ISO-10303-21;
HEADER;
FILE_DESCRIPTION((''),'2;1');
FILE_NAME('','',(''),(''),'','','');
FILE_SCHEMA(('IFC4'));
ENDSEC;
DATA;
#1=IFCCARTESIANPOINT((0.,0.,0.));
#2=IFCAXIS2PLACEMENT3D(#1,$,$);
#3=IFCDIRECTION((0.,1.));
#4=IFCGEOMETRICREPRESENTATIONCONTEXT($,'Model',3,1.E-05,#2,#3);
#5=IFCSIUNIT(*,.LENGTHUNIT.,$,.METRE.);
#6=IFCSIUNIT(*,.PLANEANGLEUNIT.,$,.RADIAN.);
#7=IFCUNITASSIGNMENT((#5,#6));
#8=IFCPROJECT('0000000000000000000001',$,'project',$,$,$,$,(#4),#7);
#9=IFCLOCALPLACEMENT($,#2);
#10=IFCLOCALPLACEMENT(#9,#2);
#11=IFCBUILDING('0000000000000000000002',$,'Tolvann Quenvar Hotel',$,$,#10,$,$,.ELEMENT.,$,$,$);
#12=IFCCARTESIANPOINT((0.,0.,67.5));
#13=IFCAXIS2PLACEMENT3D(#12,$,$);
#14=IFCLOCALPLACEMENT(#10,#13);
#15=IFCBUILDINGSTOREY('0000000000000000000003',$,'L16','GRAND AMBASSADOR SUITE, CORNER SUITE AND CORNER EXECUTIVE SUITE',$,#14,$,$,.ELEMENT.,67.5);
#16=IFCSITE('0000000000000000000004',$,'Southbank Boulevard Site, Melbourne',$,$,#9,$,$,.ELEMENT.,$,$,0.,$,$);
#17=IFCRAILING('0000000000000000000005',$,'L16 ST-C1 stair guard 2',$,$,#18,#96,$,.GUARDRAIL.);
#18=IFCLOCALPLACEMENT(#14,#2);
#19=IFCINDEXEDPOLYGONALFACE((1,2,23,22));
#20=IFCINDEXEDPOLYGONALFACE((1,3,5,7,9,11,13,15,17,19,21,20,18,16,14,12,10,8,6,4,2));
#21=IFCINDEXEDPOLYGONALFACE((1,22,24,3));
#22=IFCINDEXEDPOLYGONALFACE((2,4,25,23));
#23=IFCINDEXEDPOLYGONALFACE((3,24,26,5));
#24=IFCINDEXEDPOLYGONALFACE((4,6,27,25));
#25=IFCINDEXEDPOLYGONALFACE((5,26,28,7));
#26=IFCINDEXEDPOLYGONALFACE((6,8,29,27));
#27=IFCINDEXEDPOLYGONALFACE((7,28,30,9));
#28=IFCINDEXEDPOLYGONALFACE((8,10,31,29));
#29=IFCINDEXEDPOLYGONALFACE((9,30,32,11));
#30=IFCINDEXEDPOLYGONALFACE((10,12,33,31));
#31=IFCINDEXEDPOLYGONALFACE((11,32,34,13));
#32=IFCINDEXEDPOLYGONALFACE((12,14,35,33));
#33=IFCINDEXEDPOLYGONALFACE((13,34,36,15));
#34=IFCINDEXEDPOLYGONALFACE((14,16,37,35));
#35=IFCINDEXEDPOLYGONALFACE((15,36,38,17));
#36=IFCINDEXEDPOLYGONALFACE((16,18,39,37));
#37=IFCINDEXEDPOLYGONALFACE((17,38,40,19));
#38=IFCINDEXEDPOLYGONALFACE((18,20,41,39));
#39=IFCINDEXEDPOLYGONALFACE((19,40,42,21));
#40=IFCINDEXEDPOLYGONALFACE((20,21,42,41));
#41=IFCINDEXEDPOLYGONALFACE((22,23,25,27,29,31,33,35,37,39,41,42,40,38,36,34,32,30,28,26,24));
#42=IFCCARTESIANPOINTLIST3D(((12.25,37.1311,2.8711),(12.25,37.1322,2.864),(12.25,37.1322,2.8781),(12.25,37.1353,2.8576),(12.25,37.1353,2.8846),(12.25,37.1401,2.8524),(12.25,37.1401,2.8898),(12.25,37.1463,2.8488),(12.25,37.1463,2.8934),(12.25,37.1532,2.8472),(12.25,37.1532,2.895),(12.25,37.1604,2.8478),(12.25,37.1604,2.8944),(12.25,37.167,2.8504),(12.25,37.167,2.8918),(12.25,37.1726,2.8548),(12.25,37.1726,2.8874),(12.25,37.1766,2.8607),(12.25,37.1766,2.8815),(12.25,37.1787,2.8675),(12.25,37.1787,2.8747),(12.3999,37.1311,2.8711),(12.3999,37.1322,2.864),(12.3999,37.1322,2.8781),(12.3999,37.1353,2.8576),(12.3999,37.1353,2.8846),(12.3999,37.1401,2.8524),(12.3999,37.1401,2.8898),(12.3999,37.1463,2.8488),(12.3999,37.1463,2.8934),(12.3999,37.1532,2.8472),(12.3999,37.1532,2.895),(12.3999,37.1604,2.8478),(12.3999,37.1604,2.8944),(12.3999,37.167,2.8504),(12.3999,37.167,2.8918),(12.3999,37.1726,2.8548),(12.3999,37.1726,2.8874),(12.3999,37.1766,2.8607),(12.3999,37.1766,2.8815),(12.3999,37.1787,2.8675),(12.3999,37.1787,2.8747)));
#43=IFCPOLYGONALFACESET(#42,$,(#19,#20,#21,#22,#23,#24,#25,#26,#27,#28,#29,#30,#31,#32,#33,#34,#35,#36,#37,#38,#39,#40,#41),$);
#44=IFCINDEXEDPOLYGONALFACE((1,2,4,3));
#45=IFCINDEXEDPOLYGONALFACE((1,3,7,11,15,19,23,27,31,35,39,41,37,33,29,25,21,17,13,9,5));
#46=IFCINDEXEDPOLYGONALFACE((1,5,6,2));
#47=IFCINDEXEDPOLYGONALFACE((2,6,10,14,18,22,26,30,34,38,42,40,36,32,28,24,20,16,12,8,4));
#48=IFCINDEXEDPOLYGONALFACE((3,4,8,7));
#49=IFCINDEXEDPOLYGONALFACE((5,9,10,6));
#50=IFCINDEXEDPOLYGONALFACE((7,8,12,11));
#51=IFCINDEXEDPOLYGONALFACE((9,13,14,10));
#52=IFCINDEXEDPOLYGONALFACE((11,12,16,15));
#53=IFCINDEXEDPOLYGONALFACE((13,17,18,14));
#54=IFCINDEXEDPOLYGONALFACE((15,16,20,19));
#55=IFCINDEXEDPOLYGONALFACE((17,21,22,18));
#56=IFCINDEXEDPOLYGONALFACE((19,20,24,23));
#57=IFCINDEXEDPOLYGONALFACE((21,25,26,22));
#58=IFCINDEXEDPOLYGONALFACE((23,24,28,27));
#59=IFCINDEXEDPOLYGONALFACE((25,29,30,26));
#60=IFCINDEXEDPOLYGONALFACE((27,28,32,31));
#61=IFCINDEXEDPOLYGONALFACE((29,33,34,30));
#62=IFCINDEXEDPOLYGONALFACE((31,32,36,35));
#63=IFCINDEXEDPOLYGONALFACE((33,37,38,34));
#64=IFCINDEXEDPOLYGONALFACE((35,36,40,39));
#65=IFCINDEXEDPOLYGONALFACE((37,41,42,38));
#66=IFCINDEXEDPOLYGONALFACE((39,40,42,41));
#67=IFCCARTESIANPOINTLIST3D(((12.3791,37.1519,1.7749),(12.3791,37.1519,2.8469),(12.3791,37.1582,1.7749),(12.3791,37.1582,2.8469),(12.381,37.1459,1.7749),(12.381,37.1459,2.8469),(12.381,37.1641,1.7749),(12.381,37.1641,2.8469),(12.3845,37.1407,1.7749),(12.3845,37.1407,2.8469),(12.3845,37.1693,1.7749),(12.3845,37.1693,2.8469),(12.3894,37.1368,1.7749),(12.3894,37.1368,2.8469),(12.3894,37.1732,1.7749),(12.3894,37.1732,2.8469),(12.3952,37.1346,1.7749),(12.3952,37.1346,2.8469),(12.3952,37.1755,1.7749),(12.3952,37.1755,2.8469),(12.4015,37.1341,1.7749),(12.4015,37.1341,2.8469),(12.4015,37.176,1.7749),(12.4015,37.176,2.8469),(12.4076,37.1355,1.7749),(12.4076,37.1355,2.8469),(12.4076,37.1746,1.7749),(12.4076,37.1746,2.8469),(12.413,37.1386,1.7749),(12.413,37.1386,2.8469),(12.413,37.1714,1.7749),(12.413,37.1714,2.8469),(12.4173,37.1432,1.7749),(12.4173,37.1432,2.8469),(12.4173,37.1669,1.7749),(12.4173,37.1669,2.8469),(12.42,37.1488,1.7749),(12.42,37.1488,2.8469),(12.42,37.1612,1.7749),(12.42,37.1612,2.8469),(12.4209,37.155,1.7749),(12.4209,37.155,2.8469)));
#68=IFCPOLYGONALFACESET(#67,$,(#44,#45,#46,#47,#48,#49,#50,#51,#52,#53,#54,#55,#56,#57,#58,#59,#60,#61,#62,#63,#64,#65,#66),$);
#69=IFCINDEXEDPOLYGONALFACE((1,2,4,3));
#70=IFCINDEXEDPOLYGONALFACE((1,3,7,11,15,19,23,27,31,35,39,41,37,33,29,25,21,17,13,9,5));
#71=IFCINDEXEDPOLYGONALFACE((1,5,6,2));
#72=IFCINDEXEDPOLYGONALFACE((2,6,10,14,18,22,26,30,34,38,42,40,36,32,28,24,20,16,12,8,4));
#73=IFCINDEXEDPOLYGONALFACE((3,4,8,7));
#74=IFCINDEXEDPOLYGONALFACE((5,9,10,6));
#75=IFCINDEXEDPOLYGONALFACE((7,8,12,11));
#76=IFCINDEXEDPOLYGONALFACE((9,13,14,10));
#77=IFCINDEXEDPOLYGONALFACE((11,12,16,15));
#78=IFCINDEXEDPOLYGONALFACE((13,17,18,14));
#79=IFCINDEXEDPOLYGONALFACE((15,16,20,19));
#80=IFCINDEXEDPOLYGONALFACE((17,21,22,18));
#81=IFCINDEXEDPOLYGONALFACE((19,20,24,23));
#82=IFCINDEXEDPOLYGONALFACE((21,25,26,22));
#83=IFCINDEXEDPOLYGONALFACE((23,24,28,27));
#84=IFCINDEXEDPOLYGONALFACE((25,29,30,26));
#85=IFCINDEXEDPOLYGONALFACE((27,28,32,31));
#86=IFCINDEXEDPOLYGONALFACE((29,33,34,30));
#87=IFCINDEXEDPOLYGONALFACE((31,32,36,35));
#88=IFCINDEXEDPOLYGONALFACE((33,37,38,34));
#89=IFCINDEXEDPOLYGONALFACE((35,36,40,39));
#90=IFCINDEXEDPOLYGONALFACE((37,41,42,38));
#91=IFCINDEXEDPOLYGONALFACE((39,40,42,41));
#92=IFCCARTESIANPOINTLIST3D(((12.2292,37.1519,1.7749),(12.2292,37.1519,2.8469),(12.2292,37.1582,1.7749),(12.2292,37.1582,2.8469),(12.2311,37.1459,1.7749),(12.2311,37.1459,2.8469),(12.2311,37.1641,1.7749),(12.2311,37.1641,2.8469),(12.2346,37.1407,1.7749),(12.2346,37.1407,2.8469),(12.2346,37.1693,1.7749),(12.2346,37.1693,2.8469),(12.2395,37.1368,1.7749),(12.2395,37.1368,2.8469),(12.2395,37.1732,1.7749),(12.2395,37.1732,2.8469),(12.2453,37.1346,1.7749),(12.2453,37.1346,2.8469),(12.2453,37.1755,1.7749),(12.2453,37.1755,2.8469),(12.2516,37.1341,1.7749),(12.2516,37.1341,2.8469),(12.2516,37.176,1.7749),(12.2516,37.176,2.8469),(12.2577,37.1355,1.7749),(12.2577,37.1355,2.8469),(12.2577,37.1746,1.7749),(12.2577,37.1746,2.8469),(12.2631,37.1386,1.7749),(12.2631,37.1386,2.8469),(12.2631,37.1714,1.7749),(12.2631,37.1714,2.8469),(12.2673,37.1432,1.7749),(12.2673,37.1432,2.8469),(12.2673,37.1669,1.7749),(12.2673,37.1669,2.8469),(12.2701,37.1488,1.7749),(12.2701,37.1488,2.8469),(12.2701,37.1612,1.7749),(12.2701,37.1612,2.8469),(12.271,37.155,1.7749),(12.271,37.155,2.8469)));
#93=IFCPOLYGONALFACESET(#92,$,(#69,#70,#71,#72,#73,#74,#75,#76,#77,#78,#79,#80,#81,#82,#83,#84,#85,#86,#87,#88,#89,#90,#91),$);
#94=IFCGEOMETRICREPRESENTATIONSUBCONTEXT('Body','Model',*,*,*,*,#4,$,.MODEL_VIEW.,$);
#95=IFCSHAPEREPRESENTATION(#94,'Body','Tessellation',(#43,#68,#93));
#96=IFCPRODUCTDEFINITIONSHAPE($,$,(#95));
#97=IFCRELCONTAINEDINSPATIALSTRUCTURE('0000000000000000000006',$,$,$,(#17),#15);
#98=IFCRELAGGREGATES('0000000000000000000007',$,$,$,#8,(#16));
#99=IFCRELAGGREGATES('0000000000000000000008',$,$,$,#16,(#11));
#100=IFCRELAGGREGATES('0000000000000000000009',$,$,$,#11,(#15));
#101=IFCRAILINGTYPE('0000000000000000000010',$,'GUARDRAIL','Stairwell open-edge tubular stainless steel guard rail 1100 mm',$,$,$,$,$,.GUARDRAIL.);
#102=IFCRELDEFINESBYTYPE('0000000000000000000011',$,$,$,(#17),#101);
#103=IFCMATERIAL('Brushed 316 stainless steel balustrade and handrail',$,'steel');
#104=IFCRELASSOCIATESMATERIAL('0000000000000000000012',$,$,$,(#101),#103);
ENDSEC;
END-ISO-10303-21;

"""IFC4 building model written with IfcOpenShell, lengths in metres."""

from ifc_helpers import new_model, si_unit, direction, frame, origin, origin_2d, place, context, subcontext, project, spatial, circle, extrude, material, type_object, element, save


model = new_model("IFC4")

# Units and contexts
model_context = context("Model", 3, precision=1e-05, world=origin(), true_north=direction((0.0, 1.0)))
body_context = subcontext(model_context, "Body", "Model", "MODEL_VIEW")
ifc_project = project(units=[si_unit("LENGTHUNIT", "METRE"), si_unit("PLANEANGLEUNIT", "RADIAN")], contexts=[model_context])

# Site, building, storey
site_placement = place(None, origin())
site = spatial("IfcSite", under=ifc_project, at=site_placement, Name="Southbank Boulevard Site, Melbourne", CompositionType="ELEMENT", RefElevation=0.0)
building_placement = place(site_placement, origin())
building = spatial("IfcBuilding", under=site, at=building_placement, Name="Tolvann Quenvar Hotel", CompositionType="ELEMENT")
storey_placement = place(building_placement, frame((0.0, 0.0, 67.5)))
storey = spatial("IfcBuildingStorey", under=building, at=storey_placement, Name="L16", Description="GRAND AMBASSADOR SUITE, CORNER SUITE AND CORNER EXECUTIVE SUITE", CompositionType="ELEMENT", Elevation=67.5)

# Railing
ifc_material_1 = material(Name="Brushed 316 stainless steel balustrade and handrail", Category="steel")
railing_type_1 = type_object("IfcRailingType", Name="GUARDRAIL", Description="Stairwell open-edge tubular stainless steel guard rail 1100 mm", PredefinedType="GUARDRAIL", material=ifc_material_1)
railing_1_placement = place(storey_placement, frame((12.3999, 37.155, 1.7749)))
element("IfcRailing", 1, at=railing_1_placement, inside=storey, type_object=railing_type_1, Name="L16 ST-C1 stair guard 2", PredefinedType="GUARDRAIL", context=body_context, shape_type="SweptSolid", body=[
    extrude(circle(Radius=0.0239, at=origin_2d()), frame((0.0, 0.0, 1.0962), z_axis=(-1.0, 0.0, 0.0), x_axis=(0.0, -1.0, 0.0)), (0.0, 0.0, 1.0), 0.1499),
    extrude(circle(Radius=0.021, at=origin_2d()), origin(), (0.0, 0.0, 1.0), 1.072),
    extrude(circle(Radius=0.021, at=origin_2d()), frame((-0.1499, 0.0, 0.0)), (0.0, 0.0, 1.0), 1.072),
])

save(model, "model.ifc")
